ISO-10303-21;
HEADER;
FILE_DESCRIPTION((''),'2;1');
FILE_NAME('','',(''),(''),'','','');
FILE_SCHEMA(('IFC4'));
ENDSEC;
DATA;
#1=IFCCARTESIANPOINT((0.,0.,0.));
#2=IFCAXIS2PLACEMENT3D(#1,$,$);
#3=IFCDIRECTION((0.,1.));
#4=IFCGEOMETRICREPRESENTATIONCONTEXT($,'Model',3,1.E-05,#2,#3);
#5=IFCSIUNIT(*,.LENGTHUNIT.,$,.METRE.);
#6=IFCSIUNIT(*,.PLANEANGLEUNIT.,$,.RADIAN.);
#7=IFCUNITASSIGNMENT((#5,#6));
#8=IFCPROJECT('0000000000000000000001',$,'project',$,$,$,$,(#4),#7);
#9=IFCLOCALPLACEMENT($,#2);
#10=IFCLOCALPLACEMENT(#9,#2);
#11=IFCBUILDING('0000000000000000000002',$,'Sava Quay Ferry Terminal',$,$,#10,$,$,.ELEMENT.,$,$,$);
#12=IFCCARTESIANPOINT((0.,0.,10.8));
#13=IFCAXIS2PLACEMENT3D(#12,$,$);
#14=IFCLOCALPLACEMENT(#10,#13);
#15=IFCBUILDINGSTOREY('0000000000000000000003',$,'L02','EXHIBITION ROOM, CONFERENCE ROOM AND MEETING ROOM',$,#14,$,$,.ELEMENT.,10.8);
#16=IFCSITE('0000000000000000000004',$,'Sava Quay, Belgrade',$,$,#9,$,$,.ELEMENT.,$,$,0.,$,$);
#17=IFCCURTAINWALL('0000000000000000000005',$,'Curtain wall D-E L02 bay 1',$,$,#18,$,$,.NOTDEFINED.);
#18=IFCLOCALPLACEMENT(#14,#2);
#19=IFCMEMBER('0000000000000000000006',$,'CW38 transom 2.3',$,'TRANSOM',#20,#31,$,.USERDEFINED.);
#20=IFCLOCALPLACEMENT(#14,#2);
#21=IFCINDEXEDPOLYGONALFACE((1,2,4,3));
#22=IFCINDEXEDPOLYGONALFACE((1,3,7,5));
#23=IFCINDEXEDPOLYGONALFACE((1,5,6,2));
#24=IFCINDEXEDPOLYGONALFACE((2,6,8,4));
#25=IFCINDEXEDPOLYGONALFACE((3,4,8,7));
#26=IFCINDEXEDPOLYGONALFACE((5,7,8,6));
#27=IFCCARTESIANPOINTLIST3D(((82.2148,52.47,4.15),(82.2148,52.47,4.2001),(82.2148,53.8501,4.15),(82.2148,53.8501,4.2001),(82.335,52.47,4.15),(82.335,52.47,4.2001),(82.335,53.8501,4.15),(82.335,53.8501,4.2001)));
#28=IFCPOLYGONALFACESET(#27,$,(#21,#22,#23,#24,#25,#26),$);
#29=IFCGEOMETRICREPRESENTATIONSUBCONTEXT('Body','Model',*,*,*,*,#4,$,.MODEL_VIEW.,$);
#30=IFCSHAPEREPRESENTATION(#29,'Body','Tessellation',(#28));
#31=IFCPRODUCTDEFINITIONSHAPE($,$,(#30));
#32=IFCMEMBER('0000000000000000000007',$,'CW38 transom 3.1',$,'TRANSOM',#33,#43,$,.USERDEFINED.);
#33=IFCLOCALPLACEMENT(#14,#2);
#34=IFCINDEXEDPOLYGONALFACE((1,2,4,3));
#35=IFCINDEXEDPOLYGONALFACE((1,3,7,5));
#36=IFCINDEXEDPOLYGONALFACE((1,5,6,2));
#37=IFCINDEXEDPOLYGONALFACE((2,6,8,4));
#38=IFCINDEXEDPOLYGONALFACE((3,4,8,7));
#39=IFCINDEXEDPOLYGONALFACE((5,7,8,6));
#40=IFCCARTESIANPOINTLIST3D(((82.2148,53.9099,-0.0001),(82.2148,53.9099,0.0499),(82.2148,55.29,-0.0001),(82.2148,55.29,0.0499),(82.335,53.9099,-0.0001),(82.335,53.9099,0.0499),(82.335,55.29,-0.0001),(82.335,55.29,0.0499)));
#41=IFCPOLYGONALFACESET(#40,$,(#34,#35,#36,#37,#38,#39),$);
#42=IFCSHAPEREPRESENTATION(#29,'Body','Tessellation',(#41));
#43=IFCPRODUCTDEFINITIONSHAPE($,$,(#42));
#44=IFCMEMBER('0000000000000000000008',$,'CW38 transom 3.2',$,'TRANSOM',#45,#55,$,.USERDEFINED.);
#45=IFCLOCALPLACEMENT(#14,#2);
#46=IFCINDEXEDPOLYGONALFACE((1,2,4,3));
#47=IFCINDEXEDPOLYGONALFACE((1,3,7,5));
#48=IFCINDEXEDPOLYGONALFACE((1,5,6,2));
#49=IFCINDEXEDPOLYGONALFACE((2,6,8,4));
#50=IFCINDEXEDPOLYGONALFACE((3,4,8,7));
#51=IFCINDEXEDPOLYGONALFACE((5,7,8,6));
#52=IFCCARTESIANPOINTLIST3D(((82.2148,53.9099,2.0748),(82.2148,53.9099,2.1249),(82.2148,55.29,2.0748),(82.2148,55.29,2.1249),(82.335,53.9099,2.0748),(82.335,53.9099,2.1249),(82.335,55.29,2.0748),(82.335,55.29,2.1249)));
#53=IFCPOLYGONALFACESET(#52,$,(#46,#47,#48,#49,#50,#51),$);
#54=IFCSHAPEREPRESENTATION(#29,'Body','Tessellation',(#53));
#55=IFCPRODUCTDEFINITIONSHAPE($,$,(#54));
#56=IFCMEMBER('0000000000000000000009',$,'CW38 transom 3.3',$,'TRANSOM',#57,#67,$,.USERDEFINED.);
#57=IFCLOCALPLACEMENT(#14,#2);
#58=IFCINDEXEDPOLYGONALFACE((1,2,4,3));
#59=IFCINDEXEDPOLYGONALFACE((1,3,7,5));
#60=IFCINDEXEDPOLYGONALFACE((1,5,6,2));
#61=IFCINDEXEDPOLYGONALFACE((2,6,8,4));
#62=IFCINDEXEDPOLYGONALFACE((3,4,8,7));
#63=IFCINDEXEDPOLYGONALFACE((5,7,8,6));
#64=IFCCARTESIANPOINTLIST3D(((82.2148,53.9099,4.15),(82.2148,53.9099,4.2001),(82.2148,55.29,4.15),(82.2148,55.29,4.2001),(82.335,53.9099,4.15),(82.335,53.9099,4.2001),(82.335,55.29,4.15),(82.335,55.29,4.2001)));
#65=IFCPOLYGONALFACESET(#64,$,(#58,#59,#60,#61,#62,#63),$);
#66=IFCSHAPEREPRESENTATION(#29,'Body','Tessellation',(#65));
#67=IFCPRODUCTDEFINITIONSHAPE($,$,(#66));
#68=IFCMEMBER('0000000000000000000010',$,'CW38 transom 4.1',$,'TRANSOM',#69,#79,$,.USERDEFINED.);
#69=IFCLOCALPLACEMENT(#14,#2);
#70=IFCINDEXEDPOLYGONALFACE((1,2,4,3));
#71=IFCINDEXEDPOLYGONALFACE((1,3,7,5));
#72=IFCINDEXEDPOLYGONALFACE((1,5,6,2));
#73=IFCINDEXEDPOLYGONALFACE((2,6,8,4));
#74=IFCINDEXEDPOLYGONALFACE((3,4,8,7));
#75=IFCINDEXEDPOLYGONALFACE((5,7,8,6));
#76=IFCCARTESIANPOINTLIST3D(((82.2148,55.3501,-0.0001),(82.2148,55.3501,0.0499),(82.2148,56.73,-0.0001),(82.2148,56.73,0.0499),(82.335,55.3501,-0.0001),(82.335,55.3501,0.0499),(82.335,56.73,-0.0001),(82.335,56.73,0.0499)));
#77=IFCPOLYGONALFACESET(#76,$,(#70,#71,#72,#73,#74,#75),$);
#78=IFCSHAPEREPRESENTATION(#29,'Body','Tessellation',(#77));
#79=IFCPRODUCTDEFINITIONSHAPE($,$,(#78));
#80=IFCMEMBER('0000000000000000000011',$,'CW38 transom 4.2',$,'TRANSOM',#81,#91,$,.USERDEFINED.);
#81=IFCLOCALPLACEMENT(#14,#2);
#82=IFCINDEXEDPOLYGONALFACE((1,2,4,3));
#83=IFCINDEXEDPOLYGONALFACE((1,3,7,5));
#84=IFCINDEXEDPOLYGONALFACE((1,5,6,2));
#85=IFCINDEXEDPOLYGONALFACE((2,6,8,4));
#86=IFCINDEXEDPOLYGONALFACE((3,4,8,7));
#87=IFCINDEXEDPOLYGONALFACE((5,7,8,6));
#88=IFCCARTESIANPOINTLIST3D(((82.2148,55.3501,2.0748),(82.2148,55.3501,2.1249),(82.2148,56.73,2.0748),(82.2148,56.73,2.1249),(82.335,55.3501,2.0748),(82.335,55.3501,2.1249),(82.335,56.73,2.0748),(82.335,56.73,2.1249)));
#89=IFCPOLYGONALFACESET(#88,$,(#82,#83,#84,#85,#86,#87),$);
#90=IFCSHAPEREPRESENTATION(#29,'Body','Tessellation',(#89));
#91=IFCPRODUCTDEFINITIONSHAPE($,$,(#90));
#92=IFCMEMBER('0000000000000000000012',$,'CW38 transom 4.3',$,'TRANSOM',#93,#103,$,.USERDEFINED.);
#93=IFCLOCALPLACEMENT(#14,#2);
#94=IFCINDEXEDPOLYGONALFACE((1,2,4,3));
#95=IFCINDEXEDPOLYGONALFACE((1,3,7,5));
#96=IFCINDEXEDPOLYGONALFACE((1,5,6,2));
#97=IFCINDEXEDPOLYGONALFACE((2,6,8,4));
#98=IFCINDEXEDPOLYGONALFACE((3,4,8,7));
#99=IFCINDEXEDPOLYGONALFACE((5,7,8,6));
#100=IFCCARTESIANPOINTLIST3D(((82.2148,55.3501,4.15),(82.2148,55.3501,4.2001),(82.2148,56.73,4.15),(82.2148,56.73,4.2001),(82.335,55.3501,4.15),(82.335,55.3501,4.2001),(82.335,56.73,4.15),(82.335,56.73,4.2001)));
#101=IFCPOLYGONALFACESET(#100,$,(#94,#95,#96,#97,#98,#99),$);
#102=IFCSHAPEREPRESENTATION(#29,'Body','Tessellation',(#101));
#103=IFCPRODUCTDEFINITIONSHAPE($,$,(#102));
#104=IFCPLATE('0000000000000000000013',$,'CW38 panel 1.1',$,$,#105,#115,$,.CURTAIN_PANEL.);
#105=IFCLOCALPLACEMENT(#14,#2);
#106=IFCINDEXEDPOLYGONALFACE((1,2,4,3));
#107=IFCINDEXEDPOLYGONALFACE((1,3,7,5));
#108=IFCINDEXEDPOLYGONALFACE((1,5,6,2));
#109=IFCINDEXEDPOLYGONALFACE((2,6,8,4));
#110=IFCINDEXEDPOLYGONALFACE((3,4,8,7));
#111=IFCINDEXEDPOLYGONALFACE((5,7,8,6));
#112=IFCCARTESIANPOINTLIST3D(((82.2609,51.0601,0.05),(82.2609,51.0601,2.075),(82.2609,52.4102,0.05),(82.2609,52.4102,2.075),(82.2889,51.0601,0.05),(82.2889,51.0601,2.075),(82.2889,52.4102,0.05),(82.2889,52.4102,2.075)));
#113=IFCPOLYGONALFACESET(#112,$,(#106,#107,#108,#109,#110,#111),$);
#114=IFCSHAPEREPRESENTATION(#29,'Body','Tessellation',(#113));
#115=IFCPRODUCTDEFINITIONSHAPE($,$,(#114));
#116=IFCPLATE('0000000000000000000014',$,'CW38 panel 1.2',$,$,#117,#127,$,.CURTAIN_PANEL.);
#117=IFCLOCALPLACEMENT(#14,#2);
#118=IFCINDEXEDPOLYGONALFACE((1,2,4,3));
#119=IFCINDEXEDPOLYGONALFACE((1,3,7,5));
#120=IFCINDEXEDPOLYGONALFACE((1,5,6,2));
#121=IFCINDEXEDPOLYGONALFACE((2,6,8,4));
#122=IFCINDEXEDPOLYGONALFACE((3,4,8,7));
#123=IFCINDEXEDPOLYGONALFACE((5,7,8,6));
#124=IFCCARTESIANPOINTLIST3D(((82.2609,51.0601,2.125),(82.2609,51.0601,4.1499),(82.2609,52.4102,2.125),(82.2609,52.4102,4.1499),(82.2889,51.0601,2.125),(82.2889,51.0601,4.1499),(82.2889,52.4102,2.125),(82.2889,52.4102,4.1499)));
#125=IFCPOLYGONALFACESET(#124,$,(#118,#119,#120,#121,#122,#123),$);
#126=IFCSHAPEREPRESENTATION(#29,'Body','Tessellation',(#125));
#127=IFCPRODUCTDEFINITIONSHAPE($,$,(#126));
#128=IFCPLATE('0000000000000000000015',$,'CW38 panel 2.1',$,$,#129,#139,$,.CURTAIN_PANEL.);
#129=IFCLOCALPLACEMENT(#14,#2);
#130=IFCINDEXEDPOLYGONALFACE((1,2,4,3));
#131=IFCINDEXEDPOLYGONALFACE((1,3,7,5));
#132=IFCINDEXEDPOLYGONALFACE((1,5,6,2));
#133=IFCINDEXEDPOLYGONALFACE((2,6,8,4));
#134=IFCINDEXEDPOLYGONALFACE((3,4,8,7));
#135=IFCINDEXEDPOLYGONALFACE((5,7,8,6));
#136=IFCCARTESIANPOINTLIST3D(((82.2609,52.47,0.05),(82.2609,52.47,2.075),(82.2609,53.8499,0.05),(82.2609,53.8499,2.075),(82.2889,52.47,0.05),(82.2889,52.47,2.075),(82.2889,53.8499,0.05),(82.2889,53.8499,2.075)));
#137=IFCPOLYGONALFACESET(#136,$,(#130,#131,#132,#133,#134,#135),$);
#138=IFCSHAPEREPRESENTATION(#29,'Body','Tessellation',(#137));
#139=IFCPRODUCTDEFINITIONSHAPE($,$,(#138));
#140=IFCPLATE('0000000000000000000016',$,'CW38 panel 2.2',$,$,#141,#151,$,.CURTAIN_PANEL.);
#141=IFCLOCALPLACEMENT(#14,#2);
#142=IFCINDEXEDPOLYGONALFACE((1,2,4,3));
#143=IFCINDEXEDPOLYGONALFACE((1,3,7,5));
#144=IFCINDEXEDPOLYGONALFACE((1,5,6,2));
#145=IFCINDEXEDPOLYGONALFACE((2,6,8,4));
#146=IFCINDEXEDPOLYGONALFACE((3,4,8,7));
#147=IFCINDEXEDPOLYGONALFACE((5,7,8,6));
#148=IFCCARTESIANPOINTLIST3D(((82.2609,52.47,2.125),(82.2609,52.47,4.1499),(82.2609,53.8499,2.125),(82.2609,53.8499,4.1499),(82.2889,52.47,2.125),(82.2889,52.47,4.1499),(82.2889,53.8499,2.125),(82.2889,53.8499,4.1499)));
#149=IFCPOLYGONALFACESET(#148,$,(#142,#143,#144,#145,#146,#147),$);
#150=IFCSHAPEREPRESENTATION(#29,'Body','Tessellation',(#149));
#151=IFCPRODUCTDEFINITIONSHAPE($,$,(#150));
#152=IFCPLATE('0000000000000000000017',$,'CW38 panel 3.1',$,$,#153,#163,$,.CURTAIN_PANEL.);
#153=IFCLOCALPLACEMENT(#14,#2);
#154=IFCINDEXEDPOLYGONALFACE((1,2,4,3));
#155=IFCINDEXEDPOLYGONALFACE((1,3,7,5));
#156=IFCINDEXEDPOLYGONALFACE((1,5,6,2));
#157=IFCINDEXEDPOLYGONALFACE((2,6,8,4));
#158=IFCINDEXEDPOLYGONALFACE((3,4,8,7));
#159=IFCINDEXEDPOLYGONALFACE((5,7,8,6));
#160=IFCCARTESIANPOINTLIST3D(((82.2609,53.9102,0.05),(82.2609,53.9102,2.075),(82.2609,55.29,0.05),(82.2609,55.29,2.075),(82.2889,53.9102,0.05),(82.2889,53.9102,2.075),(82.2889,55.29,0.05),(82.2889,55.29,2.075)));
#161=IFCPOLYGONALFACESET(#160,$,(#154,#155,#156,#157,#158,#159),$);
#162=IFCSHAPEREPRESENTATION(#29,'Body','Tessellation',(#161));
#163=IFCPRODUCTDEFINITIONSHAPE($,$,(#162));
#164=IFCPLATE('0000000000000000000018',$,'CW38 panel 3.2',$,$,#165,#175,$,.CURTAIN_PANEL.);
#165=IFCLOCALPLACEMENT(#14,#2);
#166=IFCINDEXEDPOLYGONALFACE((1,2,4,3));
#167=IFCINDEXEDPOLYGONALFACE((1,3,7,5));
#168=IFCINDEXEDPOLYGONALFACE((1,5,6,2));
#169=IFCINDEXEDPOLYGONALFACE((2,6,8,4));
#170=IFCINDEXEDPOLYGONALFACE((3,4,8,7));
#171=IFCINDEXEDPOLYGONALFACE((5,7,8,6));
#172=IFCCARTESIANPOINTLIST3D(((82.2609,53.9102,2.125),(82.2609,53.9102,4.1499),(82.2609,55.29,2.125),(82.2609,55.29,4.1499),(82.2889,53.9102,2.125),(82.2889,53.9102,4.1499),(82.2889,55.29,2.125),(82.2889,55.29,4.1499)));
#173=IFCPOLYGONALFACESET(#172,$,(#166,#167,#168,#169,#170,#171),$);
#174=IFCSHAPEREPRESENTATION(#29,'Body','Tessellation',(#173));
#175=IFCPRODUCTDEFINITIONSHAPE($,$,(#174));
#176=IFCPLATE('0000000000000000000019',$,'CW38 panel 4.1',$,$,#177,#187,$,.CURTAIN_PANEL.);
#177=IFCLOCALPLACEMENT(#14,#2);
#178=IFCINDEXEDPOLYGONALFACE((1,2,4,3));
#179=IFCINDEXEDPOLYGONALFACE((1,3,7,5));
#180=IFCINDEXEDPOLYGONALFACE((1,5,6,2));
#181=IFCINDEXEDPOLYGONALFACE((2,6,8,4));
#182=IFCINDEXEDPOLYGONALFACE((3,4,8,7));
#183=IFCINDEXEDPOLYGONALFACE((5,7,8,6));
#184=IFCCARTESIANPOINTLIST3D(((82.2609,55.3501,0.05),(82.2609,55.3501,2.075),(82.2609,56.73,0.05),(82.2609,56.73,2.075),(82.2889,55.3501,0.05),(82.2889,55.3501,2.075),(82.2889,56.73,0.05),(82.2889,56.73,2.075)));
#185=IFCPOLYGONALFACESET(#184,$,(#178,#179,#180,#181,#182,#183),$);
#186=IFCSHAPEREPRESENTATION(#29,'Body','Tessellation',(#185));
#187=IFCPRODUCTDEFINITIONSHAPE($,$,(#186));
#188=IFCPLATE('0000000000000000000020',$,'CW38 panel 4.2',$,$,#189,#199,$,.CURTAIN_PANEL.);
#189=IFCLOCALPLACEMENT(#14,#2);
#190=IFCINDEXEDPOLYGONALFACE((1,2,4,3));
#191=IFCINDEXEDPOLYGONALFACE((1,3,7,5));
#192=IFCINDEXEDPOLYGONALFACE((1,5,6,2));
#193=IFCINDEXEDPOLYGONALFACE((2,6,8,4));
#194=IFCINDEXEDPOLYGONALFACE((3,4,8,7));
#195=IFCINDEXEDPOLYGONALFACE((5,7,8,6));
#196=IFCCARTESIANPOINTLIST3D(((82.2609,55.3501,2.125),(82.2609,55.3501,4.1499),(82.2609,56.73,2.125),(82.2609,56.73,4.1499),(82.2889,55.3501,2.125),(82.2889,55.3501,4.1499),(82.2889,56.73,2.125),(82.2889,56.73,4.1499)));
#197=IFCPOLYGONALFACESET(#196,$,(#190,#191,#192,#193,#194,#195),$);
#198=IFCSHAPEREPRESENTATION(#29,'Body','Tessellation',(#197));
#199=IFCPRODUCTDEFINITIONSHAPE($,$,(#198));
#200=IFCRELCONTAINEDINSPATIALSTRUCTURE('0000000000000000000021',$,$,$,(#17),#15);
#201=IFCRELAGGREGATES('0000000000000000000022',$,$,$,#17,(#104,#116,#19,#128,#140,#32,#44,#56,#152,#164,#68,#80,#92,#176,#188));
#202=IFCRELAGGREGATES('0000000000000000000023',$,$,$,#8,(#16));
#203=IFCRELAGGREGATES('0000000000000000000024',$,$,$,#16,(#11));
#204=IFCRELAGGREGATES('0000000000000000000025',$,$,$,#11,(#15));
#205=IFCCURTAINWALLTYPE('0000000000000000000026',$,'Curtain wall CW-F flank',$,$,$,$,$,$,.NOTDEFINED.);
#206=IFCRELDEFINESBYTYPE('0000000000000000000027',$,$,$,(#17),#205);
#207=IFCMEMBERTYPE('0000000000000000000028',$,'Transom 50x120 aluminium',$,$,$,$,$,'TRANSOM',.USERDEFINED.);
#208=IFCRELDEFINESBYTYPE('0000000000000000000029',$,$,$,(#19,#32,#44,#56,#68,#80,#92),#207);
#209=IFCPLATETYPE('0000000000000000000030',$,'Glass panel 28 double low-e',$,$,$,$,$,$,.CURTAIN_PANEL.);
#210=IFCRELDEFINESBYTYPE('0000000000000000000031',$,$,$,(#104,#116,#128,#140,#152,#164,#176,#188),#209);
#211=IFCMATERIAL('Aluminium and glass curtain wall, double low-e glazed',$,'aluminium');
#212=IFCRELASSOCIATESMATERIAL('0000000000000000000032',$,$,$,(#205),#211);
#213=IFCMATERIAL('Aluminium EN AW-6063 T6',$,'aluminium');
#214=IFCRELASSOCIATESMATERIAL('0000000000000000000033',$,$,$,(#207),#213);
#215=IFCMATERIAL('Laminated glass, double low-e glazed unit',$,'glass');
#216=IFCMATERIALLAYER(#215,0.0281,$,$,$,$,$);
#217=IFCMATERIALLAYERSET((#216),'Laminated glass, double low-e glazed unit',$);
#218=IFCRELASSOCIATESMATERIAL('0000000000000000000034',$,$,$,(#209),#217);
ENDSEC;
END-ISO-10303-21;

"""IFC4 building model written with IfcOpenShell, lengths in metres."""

from ifc_helpers import new_model, si_unit, direction, frame, origin, origin_2d, place, context, subcontext, project, spatial, rectangle, extrude, material, layer, layer_set, material_profile, profile_set, type_object, element, aggregate, save


model = new_model("IFC4")

# Units and contexts
model_context = context("Model", 3, precision=1e-05, world=origin(), true_north=direction((0.0, 1.0)))
body_context = subcontext(model_context, "Body", "Model", "MODEL_VIEW")
ifc_project = project(units=[si_unit("LENGTHUNIT", "METRE"), si_unit("PLANEANGLEUNIT", "RADIAN")], contexts=[model_context])

# Site, building, storey
site_placement = place(None, origin())
site = spatial("IfcSite", under=ifc_project, at=site_placement, Name="Sava Quay, Belgrade", CompositionType="ELEMENT", RefElevation=0.0)
building_placement = place(site_placement, origin())
building = spatial("IfcBuilding", under=site, at=building_placement, Name="Sava Quay Ferry Terminal", CompositionType="ELEMENT")
storey_placement = place(building_placement, frame((0.0, 0.0, 10.8)))
storey = spatial("IfcBuildingStorey", under=building, at=storey_placement, Name="L02", Description="EXHIBITION ROOM, CONFERENCE ROOM AND MEETING ROOM", CompositionType="ELEMENT", Elevation=10.8)

# Curtain wall, members, plates
ifc_material_1 = material(Name="Aluminium and glass curtain wall, double low-e glazed", Category="aluminium")
curtain_wall_type = type_object("IfcCurtainWallType", Name="Curtain wall CW-F flank", PredefinedType="NOTDEFINED", material=ifc_material_1)
curtain_wall_placement = place(storey_placement, origin())
curtain_wall = element("IfcCurtainWall", 1, at=curtain_wall_placement, inside=storey, type_object=curtain_wall_type, Name="Curtain wall D-E L02 bay 1", PredefinedType="NOTDEFINED")
ifc_material_2 = material(Name="Aluminium EN AW-6063 T6", Category="aluminium")
ifc_material_profile_1 = material_profile(ifc_material_2, rectangle(XDim=0.1201, YDim=0.05, at=origin_2d()), Name="Transom 50x120 aluminium")
ifc_profile_set_1 = profile_set([ifc_material_profile_1], Name="Aluminium EN AW-6063 T6")
member_type_1 = type_object("IfcMemberType", Name="Transom 50x120 aluminium", ElementType="TRANSOM", PredefinedType="USERDEFINED", material=ifc_profile_set_1)
member_1_placement = place(storey_placement, frame((82.2749, 52.47, 4.175), z_axis=(0.0, 1.0, 0.0), x_axis=(-1.0, 0.0, 0.0)))
member_1 = element("IfcMember", 2, at=member_1_placement, type_object=member_type_1, Name="CW38 transom 2.3", ObjectType="TRANSOM", PredefinedType="USERDEFINED", context=body_context, shape_type="SweptSolid", body=[
    extrude(rectangle(XDim=0.1201, YDim=0.05, at=origin_2d()), origin(), (0.0, 0.0, 1.0), 1.3801),
])
member_2_placement = place(storey_placement, frame((82.2749, 53.9099, 0.0249), z_axis=(0.0, 1.0, 0.0), x_axis=(-1.0, 0.0, 0.0)))
member_2 = element("IfcMember", 3, at=member_2_placement, type_object=member_type_1, Name="CW38 transom 3.1", ObjectType="TRANSOM", PredefinedType="USERDEFINED", context=body_context, shape_type="SweptSolid", body=[
    extrude(rectangle(XDim=0.1201, YDim=0.05, at=origin_2d()), origin(), (0.0, 0.0, 1.0), 1.3801),
])
member_3_placement = place(storey_placement, frame((82.2749, 53.9099, 2.0999), z_axis=(0.0, 1.0, 0.0), x_axis=(-1.0, 0.0, 0.0)))
member_3 = element("IfcMember", 4, at=member_3_placement, type_object=member_type_1, Name="CW38 transom 3.2", ObjectType="TRANSOM", PredefinedType="USERDEFINED", context=body_context, shape_type="SweptSolid", body=[
    extrude(rectangle(XDim=0.1201, YDim=0.05, at=origin_2d()), origin(), (0.0, 0.0, 1.0), 1.3801),
])
member_4_placement = place(storey_placement, frame((82.2749, 53.9099, 4.175), z_axis=(0.0, 1.0, 0.0), x_axis=(-1.0, 0.0, 0.0)))
member_4 = element("IfcMember", 5, at=member_4_placement, type_object=member_type_1, Name="CW38 transom 3.3", ObjectType="TRANSOM", PredefinedType="USERDEFINED", context=body_context, shape_type="SweptSolid", body=[
    extrude(rectangle(XDim=0.1201, YDim=0.05, at=origin_2d()), origin(), (0.0, 0.0, 1.0), 1.3801),
])
member_5_placement = place(storey_placement, frame((82.2749, 55.3501, 0.0249), z_axis=(0.0, 1.0, 0.0), x_axis=(-1.0, 0.0, 0.0)))
member_5 = element("IfcMember", 6, at=member_5_placement, type_object=member_type_1, Name="CW38 transom 4.1", ObjectType="TRANSOM", PredefinedType="USERDEFINED", context=body_context, shape_type="SweptSolid", body=[
    extrude(rectangle(XDim=0.1201, YDim=0.05, at=origin_2d()), origin(), (0.0, 0.0, 1.0), 1.3799),
])
member_6_placement = place(storey_placement, frame((82.2749, 55.3501, 2.0999), z_axis=(0.0, 1.0, 0.0), x_axis=(-1.0, 0.0, 0.0)))
member_6 = element("IfcMember", 7, at=member_6_placement, type_object=member_type_1, Name="CW38 transom 4.2", ObjectType="TRANSOM", PredefinedType="USERDEFINED", context=body_context, shape_type="SweptSolid", body=[
    extrude(rectangle(XDim=0.1201, YDim=0.05, at=origin_2d()), origin(), (0.0, 0.0, 1.0), 1.3799),
])
member_7_placement = place(storey_placement, frame((82.2749, 55.3501, 4.175), z_axis=(0.0, 1.0, 0.0), x_axis=(-1.0, 0.0, 0.0)))
member_7 = element("IfcMember", 8, at=member_7_placement, type_object=member_type_1, Name="CW38 transom 4.3", ObjectType="TRANSOM", PredefinedType="USERDEFINED", context=body_context, shape_type="SweptSolid", body=[
    extrude(rectangle(XDim=0.1201, YDim=0.05, at=origin_2d()), origin(), (0.0, 0.0, 1.0), 1.3799),
])
ifc_material_3 = material(Name="Laminated glass, double low-e glazed unit", Category="glass")
ifc_layer_1 = layer(ifc_material_3, 0.0281)
ifc_layer_set_1 = layer_set([ifc_layer_1], Name="Laminated glass, double low-e glazed unit")
plate_type = type_object("IfcPlateType", Name="Glass panel 28 double low-e", PredefinedType="CURTAIN_PANEL", material=ifc_layer_set_1)
plate_1_placement = place(storey_placement, frame((82.2749, 51.7351, 0.05), z_axis=(0.0, 0.0, 1.0), x_axis=(0.0, 1.0, 0.0)))
plate_1 = element("IfcPlate", 9, at=plate_1_placement, type_object=plate_type, Name="CW38 panel 1.1", PredefinedType="CURTAIN_PANEL", context=body_context, shape_type="SweptSolid", body=[
    extrude(rectangle(XDim=1.3501, YDim=0.0281, at=origin_2d()), origin(), (0.0, 0.0, 1.0), 2.0249),
])
plate_2_placement = place(storey_placement, frame((82.2749, 51.7351, 2.125), z_axis=(0.0, 0.0, 1.0), x_axis=(0.0, 1.0, 0.0)))
plate_2 = element("IfcPlate", 10, at=plate_2_placement, type_object=plate_type, Name="CW38 panel 1.2", PredefinedType="CURTAIN_PANEL", context=body_context, shape_type="SweptSolid", body=[
    extrude(rectangle(XDim=1.3501, YDim=0.0281, at=origin_2d()), origin(), (0.0, 0.0, 1.0), 2.0249),
])
plate_3_placement = place(storey_placement, frame((82.2749, 53.1599, 0.05), z_axis=(0.0, 0.0, 1.0), x_axis=(0.0, 1.0, 0.0)))
plate_3 = element("IfcPlate", 11, at=plate_3_placement, type_object=plate_type, Name="CW38 panel 2.1", PredefinedType="CURTAIN_PANEL", context=body_context, shape_type="SweptSolid", body=[
    extrude(rectangle(XDim=1.3799, YDim=0.0281, at=origin_2d()), origin(), (0.0, 0.0, 1.0), 2.0249),
])
plate_4_placement = place(storey_placement, frame((82.2749, 53.1599, 2.125), z_axis=(0.0, 0.0, 1.0), x_axis=(0.0, 1.0, 0.0)))
plate_4 = element("IfcPlate", 12, at=plate_4_placement, type_object=plate_type, Name="CW38 panel 2.2", PredefinedType="CURTAIN_PANEL", context=body_context, shape_type="SweptSolid", body=[
    extrude(rectangle(XDim=1.3799, YDim=0.0281, at=origin_2d()), origin(), (0.0, 0.0, 1.0), 2.0249),
])
plate_5_placement = place(storey_placement, frame((82.2749, 54.6001, 0.05), z_axis=(0.0, 0.0, 1.0), x_axis=(0.0, 1.0, 0.0)))
plate_5 = element("IfcPlate", 13, at=plate_5_placement, type_object=plate_type, Name="CW38 panel 3.1", PredefinedType="CURTAIN_PANEL", context=body_context, shape_type="SweptSolid", body=[
    extrude(rectangle(XDim=1.3799, YDim=0.0281, at=origin_2d()), origin(), (0.0, 0.0, 1.0), 2.0249),
])
plate_6_placement = place(storey_placement, frame((82.2749, 54.6001, 2.125), z_axis=(0.0, 0.0, 1.0), x_axis=(0.0, 1.0, 0.0)))
plate_6 = element("IfcPlate", 14, at=plate_6_placement, type_object=plate_type, Name="CW38 panel 3.2", PredefinedType="CURTAIN_PANEL", context=body_context, shape_type="SweptSolid", body=[
    extrude(rectangle(XDim=1.3799, YDim=0.0281, at=origin_2d()), origin(), (0.0, 0.0, 1.0), 2.0249),
])
plate_7_placement = place(storey_placement, frame((82.2749, 56.04, 0.05), z_axis=(0.0, 0.0, 1.0), x_axis=(0.0, 1.0, 0.0)))
plate_7 = element("IfcPlate", 15, at=plate_7_placement, type_object=plate_type, Name="CW38 panel 4.1", PredefinedType="CURTAIN_PANEL", context=body_context, shape_type="SweptSolid", body=[
    extrude(rectangle(XDim=1.3799, YDim=0.0281, at=origin_2d()), origin(), (0.0, 0.0, 1.0), 2.0249),
])
plate_8_placement = place(storey_placement, frame((82.2749, 56.04, 2.125), z_axis=(0.0, 0.0, 1.0), x_axis=(0.0, 1.0, 0.0)))
plate_8 = element("IfcPlate", 16, at=plate_8_placement, type_object=plate_type, Name="CW38 panel 4.2", PredefinedType="CURTAIN_PANEL", context=body_context, shape_type="SweptSolid", body=[
    extrude(rectangle(XDim=1.3799, YDim=0.0281, at=origin_2d()), origin(), (0.0, 0.0, 1.0), 2.0249),
])
aggregate(curtain_wall, [plate_1, plate_2, member_1, plate_3, plate_4, member_2, member_3, member_4, plate_5, plate_6, member_5, member_6, member_7, plate_7, plate_8])

save(model, "model.ifc")
